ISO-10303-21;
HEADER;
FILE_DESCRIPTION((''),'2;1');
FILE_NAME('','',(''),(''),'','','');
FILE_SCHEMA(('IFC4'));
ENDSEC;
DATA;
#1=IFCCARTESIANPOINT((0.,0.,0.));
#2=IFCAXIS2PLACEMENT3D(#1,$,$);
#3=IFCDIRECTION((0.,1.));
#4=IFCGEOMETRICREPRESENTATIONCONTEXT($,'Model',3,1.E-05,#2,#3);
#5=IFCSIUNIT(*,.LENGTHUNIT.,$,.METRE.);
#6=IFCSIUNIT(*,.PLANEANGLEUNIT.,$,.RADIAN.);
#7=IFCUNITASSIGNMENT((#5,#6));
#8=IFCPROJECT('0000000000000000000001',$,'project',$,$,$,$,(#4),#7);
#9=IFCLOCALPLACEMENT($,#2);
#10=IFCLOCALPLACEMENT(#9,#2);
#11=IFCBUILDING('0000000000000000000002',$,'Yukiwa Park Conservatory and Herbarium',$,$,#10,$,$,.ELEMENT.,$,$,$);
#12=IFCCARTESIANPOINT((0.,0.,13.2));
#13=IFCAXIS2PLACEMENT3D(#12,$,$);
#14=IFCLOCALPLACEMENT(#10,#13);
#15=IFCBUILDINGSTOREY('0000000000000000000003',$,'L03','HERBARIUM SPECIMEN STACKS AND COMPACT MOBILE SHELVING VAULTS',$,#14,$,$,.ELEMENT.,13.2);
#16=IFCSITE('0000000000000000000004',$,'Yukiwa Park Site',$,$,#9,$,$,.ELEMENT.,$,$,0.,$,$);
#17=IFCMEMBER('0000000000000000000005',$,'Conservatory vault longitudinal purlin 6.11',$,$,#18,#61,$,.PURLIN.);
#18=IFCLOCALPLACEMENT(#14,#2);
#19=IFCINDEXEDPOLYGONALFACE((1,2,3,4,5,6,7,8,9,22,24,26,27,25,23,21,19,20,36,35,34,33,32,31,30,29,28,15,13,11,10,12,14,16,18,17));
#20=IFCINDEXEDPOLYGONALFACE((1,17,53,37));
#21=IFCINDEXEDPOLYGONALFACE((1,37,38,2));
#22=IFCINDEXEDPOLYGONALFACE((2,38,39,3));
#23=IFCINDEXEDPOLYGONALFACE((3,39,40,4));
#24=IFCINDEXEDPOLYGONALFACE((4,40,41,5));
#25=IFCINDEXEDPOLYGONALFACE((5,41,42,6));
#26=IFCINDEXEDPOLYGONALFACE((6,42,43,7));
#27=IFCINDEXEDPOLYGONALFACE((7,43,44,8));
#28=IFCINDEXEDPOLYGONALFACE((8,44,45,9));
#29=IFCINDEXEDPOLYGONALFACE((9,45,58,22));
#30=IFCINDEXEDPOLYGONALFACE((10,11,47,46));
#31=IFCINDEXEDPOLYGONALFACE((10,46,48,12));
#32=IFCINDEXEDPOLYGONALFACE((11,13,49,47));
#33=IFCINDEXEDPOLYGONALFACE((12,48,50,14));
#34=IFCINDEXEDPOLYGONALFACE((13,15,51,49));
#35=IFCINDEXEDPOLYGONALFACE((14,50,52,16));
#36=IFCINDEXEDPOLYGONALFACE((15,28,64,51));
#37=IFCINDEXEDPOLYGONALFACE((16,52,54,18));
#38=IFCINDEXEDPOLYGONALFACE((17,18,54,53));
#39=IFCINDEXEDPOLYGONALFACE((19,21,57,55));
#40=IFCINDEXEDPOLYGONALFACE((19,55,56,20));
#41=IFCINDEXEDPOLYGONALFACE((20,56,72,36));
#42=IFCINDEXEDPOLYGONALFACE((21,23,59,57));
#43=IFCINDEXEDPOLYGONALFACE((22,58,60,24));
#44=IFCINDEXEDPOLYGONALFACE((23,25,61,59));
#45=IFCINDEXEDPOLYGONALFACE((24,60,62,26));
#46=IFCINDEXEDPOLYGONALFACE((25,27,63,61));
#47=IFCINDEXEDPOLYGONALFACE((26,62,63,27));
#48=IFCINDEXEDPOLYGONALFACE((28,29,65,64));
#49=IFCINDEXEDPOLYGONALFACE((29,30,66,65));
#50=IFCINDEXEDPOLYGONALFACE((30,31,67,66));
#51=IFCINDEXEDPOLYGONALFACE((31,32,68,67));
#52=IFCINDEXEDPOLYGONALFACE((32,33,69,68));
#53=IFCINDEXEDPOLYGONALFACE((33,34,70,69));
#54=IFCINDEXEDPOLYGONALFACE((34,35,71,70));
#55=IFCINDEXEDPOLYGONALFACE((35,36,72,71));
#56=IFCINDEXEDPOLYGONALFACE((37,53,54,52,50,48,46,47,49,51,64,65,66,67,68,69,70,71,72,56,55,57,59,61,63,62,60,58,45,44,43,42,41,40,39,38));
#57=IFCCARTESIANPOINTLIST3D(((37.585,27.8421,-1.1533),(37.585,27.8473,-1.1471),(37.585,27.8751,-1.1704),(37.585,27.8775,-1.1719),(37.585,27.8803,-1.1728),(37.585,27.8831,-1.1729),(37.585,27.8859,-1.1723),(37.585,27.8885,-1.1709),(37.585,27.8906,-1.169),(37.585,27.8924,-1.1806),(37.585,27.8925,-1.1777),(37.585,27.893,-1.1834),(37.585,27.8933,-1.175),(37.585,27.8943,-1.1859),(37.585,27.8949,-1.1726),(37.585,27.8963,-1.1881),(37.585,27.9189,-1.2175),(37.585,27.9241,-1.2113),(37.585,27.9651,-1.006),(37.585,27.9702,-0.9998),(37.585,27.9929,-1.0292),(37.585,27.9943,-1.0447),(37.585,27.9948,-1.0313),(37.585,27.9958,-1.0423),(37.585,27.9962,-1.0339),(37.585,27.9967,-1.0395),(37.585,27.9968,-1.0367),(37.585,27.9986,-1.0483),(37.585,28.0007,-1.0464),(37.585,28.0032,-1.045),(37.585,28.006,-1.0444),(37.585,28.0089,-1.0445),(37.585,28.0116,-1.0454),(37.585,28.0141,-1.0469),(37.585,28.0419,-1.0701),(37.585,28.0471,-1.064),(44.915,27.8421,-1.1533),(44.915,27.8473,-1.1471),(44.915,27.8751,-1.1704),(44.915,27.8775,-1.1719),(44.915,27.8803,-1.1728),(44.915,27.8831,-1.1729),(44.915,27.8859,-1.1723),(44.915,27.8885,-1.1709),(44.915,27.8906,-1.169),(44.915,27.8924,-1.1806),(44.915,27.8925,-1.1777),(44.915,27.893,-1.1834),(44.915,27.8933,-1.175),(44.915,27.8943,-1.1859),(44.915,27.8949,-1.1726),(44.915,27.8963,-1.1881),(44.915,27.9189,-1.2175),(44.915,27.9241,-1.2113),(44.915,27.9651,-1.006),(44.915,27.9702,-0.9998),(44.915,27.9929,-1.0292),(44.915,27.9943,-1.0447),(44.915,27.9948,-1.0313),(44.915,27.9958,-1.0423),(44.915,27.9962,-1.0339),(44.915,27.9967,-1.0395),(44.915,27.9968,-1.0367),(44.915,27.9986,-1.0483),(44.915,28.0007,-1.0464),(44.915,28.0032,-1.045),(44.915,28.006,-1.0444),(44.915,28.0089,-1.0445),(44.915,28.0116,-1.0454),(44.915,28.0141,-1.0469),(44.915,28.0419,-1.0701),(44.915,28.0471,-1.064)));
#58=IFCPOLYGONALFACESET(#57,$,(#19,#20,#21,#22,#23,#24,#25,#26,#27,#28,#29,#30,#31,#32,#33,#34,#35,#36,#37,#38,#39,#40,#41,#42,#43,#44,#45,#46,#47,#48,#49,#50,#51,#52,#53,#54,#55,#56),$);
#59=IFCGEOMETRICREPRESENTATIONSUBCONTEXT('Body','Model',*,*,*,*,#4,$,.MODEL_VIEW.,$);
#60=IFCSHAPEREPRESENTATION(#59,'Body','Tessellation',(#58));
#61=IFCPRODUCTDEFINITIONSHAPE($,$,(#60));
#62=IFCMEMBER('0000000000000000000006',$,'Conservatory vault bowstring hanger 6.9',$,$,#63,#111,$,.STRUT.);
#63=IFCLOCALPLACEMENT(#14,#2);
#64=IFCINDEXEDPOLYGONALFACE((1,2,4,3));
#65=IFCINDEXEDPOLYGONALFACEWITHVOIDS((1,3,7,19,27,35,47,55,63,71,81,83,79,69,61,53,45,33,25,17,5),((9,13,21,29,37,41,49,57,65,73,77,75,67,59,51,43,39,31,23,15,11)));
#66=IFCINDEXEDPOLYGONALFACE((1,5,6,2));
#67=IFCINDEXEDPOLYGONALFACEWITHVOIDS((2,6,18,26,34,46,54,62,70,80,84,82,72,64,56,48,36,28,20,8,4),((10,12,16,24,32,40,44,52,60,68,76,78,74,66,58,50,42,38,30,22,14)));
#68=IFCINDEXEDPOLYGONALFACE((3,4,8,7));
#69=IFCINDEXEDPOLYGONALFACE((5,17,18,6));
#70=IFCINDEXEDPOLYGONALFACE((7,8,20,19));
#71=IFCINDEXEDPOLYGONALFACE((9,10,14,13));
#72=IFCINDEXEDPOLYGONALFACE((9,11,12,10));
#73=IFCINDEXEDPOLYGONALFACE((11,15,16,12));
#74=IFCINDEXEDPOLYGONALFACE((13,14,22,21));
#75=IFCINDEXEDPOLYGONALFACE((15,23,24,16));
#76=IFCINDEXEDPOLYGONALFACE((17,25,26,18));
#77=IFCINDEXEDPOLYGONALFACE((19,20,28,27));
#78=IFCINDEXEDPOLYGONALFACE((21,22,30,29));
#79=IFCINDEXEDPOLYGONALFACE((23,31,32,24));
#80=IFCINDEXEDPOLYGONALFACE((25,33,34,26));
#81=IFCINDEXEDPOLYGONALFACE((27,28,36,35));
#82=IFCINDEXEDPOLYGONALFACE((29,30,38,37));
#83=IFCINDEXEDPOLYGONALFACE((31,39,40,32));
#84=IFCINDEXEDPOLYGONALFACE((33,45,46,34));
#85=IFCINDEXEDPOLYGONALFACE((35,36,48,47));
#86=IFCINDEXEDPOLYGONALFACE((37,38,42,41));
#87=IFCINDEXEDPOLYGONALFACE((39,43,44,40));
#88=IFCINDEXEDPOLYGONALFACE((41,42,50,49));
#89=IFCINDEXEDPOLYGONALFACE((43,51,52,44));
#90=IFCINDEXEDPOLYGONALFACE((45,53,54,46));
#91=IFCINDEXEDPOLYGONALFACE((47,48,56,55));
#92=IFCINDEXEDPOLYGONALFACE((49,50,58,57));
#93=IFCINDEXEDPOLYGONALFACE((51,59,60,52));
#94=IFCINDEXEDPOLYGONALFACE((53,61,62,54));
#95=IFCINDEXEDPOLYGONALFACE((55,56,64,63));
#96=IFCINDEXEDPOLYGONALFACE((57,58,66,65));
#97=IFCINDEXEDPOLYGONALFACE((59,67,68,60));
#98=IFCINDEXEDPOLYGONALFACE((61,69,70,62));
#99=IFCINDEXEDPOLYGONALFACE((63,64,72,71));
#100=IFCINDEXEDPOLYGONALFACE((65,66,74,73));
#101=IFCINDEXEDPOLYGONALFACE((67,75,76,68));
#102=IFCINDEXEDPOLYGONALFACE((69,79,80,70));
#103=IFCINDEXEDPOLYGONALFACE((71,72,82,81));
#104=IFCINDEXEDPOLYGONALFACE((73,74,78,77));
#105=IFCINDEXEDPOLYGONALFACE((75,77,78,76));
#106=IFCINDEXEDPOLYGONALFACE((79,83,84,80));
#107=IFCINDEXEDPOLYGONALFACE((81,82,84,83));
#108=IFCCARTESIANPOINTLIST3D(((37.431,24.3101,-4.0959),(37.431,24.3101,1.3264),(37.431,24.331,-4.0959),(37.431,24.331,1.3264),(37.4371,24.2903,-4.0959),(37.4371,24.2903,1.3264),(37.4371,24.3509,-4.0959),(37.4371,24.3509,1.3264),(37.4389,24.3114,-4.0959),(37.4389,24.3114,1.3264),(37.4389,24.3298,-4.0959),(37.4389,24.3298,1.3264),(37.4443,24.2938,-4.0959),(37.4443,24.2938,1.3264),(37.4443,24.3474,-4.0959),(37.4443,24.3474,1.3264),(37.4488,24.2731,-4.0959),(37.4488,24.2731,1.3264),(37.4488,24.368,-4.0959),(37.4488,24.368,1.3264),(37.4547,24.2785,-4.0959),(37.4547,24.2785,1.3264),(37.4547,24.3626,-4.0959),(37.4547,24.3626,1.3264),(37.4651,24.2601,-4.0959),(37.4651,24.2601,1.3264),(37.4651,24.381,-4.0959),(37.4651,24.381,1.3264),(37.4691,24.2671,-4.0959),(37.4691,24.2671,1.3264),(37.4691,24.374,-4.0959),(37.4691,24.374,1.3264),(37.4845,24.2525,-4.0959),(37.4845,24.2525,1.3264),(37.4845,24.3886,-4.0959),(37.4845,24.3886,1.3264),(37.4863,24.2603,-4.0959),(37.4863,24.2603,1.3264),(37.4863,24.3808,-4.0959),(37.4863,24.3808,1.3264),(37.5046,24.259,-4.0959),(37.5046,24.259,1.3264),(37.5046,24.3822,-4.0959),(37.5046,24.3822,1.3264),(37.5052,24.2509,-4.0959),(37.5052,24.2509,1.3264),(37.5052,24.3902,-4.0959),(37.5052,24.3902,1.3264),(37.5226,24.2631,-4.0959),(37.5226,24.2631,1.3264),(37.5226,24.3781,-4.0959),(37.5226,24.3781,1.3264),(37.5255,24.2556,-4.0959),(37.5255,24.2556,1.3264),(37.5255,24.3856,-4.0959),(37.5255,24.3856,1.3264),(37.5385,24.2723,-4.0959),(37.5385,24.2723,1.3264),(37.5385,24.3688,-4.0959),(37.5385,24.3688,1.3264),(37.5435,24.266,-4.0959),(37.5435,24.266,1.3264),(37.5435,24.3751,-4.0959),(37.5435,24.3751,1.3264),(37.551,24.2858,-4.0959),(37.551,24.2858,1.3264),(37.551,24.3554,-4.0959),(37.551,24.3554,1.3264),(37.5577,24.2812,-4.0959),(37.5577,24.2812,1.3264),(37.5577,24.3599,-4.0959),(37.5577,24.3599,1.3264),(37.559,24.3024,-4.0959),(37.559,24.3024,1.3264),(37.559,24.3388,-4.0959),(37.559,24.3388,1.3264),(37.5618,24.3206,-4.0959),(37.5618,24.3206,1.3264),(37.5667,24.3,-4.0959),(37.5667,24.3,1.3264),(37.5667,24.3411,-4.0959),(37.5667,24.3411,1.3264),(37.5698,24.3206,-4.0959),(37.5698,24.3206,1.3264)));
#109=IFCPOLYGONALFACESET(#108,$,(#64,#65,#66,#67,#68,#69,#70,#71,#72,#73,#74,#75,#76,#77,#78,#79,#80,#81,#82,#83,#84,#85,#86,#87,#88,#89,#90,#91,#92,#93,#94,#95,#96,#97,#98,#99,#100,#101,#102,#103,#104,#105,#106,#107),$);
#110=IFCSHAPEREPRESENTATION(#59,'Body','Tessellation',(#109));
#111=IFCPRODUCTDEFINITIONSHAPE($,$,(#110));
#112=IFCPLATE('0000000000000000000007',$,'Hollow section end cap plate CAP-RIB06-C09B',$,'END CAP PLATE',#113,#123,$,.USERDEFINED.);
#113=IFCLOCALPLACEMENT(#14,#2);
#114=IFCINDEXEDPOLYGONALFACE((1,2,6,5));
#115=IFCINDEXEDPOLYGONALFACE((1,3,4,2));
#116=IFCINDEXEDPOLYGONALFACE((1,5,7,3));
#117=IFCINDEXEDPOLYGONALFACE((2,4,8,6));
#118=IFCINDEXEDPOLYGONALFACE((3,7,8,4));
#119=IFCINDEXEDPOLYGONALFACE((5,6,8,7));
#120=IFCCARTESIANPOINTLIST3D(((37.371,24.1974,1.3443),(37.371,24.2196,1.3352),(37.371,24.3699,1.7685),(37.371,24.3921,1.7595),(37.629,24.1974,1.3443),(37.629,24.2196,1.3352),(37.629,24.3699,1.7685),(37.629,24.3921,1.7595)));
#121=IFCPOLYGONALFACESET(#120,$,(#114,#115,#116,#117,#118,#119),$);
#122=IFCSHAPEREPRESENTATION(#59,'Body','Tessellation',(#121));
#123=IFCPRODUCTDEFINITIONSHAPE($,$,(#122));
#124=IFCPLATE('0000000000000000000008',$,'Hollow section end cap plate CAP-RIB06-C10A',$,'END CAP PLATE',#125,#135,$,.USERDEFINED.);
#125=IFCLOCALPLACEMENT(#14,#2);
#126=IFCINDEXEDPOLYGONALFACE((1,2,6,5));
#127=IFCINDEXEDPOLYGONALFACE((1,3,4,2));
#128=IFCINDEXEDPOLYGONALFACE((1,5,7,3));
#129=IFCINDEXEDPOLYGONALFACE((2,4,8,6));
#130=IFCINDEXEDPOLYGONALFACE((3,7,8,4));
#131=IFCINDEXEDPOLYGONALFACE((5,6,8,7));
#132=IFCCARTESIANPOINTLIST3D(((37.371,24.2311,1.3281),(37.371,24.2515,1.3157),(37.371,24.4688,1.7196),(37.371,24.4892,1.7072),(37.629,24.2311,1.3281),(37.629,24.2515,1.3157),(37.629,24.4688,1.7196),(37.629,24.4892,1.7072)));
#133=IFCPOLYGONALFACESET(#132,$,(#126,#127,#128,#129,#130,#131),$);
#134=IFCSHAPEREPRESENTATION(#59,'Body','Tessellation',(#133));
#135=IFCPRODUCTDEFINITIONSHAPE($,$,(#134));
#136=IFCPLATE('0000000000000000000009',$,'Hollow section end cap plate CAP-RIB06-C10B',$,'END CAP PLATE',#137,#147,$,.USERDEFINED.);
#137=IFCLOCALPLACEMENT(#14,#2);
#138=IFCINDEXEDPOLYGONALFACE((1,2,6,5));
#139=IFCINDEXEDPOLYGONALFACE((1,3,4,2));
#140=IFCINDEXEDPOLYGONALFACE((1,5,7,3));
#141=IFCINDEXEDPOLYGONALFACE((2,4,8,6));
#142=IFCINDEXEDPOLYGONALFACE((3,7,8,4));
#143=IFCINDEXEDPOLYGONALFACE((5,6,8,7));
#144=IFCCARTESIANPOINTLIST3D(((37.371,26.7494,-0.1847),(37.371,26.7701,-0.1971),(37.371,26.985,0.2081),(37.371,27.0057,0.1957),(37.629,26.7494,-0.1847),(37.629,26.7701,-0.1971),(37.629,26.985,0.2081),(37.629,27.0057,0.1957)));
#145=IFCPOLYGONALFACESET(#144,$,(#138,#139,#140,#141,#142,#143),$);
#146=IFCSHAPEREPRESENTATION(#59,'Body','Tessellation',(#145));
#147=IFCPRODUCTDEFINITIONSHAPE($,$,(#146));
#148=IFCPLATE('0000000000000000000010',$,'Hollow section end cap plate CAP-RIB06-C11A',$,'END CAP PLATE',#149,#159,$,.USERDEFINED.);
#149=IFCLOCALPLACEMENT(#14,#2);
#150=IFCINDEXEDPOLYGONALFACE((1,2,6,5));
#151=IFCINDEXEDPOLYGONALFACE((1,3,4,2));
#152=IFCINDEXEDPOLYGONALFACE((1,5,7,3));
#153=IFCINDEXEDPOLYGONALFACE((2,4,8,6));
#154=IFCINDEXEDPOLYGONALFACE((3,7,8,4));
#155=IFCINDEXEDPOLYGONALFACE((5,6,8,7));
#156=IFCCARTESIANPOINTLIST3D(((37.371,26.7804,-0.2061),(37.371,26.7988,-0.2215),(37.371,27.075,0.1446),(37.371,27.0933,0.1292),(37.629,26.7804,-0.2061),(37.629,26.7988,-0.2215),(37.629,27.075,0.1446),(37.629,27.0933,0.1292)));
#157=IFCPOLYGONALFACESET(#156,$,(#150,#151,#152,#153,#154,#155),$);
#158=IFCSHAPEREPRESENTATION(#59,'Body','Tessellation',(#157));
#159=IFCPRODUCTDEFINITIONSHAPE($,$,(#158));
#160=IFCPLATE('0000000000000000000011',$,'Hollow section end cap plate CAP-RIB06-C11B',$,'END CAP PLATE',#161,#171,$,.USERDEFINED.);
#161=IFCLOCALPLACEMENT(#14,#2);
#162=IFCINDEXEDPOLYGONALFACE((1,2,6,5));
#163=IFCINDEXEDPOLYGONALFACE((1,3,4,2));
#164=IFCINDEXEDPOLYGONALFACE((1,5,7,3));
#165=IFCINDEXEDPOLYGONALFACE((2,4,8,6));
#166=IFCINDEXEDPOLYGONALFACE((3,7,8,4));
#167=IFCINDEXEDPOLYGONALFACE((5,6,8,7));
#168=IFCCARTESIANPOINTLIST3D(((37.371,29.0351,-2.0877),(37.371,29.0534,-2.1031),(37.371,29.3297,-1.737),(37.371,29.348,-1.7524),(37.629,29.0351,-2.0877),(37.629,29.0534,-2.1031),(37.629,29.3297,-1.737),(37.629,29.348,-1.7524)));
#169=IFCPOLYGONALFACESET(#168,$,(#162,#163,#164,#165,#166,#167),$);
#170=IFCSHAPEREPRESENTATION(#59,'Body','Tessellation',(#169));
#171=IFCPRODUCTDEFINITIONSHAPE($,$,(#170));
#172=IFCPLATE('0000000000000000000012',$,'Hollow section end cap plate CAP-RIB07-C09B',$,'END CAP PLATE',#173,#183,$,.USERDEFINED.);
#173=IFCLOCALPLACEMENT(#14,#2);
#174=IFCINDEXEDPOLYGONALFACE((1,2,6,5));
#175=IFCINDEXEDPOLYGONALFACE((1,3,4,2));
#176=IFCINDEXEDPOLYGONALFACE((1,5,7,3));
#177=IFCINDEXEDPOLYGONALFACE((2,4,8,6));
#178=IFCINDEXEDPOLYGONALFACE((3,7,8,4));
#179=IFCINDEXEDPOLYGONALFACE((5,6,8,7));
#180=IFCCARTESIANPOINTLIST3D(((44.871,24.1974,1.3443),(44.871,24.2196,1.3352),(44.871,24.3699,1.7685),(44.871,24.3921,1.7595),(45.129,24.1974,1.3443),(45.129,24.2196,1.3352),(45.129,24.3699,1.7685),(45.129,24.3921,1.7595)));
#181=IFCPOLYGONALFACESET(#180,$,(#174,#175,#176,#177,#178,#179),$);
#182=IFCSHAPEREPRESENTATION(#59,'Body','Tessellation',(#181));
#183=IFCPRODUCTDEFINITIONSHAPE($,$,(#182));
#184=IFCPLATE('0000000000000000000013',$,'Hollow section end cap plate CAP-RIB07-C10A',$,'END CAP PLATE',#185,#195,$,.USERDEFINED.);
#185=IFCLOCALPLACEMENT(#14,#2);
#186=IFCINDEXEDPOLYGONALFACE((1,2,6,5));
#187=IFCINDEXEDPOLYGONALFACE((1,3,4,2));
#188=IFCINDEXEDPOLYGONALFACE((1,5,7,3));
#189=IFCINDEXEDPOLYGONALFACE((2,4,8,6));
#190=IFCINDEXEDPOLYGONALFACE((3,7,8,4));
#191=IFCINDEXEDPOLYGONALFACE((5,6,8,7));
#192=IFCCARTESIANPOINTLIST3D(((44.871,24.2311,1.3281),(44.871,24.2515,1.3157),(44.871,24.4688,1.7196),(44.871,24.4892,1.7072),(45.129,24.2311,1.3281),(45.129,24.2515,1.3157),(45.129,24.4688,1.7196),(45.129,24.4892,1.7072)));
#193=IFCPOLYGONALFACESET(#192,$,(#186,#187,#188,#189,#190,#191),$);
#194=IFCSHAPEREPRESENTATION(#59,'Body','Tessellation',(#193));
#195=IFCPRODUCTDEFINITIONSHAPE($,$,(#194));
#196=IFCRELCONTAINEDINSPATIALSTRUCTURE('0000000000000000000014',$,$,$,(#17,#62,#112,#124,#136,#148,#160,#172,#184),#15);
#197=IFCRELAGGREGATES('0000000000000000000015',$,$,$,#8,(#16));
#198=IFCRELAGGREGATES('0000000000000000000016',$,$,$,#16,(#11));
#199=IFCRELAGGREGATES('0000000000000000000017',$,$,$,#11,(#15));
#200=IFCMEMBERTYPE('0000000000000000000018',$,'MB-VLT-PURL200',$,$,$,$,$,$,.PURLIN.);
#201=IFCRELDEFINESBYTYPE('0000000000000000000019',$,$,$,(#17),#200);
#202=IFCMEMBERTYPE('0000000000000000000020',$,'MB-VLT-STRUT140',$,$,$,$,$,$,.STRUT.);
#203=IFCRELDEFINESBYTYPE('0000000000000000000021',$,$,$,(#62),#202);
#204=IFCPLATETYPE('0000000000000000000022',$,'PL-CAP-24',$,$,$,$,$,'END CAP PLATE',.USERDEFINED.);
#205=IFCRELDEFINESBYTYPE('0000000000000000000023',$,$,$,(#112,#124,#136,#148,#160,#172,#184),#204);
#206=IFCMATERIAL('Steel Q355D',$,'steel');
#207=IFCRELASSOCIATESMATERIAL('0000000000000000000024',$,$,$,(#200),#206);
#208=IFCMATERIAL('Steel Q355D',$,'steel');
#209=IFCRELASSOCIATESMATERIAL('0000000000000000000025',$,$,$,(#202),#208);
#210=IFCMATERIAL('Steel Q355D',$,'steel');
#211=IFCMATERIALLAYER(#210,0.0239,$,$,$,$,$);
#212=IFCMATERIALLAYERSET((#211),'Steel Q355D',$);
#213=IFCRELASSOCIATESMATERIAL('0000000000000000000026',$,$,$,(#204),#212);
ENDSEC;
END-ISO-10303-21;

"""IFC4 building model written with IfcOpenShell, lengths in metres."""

from ifc_helpers import new_model, si_unit, direction, frame, origin, origin_2d, place, context, subcontext, project, spatial, rectangle, hollow_circle, i_section, extrude, material, layer, layer_set, material_profile, profile_set, type_object, element, save


model = new_model("IFC4")

# Units and contexts
model_context = context("Model", 3, precision=1e-05, world=origin(), true_north=direction((0.0, 1.0)))
body_context = subcontext(model_context, "Body", "Model", "MODEL_VIEW")
ifc_project = project(units=[si_unit("LENGTHUNIT", "METRE"), si_unit("PLANEANGLEUNIT", "RADIAN")], contexts=[model_context])

# Site, building, storey
site_placement = place(None, origin())
site = spatial("IfcSite", under=ifc_project, at=site_placement, Name="Yukiwa Park Site", CompositionType="ELEMENT", RefElevation=0.0)
building_placement = place(site_placement, origin())
building = spatial("IfcBuilding", under=site, at=building_placement, Name="Yukiwa Park Conservatory and Herbarium", CompositionType="ELEMENT")
storey_placement = place(building_placement, frame((0.0, 0.0, 13.2)))
storey = spatial("IfcBuildingStorey", under=building, at=storey_placement, Name="L03", Description="HERBARIUM SPECIMEN STACKS AND COMPACT MOBILE SHELVING VAULTS", CompositionType="ELEMENT", Elevation=13.2)

# Members
ifc_material_1 = material(Name="Steel Q355D", Category="steel")
ifc_material_profile_1 = material_profile(ifc_material_1, i_section(OverallWidth=0.1001, OverallDepth=0.2, WebThickness=0.0056, FlangeThickness=0.0081, FilletRadius=0.011, at=origin_2d()), Name="HN 200x100x5.5x8")
ifc_profile_set_1 = profile_set([ifc_material_profile_1], Name="Steel Q355D")
member_type_1 = type_object("IfcMemberType", Name="MB-VLT-PURL200", PredefinedType="PURLIN", material=ifc_profile_set_1)
for number, where, z_axis, x_axis, name in (
    (1, (37.585, 27.9446, -1.1086), (1.0, 0.0, 0.0), (0.0, 0.767751, -0.640748), "Conservatory vault longitudinal purlin 6.11"),
):
    element("IfcMember", number, at=place(storey_placement, frame(where, z_axis=z_axis, x_axis=x_axis)), inside=storey, type_object=member_type_1, Name=name, PredefinedType="PURLIN", context=body_context, shape_type="SweptSolid", body=[
        extrude(i_section(OverallWidth=0.1001, OverallDepth=0.2, WebThickness=0.0056, FlangeThickness=0.0081, FilletRadius=0.011, at=origin_2d()), origin(), (0.0, 0.0, 1.0), 7.3301),
    ])
ifc_material_2 = material(Name="Steel Q355D", Category="steel")
ifc_material_profile_2 = material_profile(ifc_material_2, hollow_circle(Radius=0.0698, WallThickness=0.0081, at=origin_2d()), Name="CHS 139.7x8")
ifc_profile_set_2 = profile_set([ifc_material_profile_2], Name="Steel Q355D")
member_type_2 = type_object("IfcMemberType", Name="MB-VLT-STRUT140", PredefinedType="STRUT", material=ifc_profile_set_2)
member_placement = place(storey_placement, frame((37.5, 24.3206, -4.0959), z_axis=(0.0, 0.0, 1.0), x_axis=(1.0, 0.0, 0.0)))
element("IfcMember", 2, at=member_placement, inside=storey, type_object=member_type_2, Name="Conservatory vault bowstring hanger 6.9", PredefinedType="STRUT", context=body_context, shape_type="SweptSolid", body=[
    extrude(hollow_circle(Radius=0.0698, WallThickness=0.0081, at=origin_2d()), origin(), (0.0, 0.0, 1.0), 5.4224),
])

# Plates
ifc_material_3 = material(Name="Steel Q355D", Category="steel")
ifc_layer_1 = layer(ifc_material_3, 0.0239)
ifc_layer_set_1 = layer_set([ifc_layer_1], Name="Steel Q355D")
plate_type_1 = type_object("IfcPlateType", Name="PL-CAP-24", ElementType="END CAP PLATE", PredefinedType="USERDEFINED", material=ifc_layer_set_1)
for number, where, z_axis, x_axis, name in (
    (3, (37.5, 24.2837, 1.5564), (0.0, 0.926356, -0.37665), (-1.0, 0.0, 0.0), "Hollow section end cap plate CAP-RIB06-C09B"),
    (4, (37.5, 24.3704, 1.5115), (0.0, -0.854788, 0.518978), (1.0, 0.0, 0.0), "Hollow section end cap plate CAP-RIB06-C10A"),
):
    element("IfcPlate", number, at=place(storey_placement, frame(where, z_axis=z_axis, x_axis=x_axis)), inside=storey, type_object=plate_type_1, Name=name, ObjectType="END CAP PLATE", PredefinedType="USERDEFINED", context=body_context, shape_type="SweptSolid", body=[
        extrude(rectangle(XDim=0.2581, YDim=0.458, at=origin_2d()), origin(), (0.0, 0.0, 1.0), 0.0239),
    ])
plate_1_placement = place(storey_placement, frame((37.5, 26.8672, 0.0117), z_axis=(0.0, 0.857493, -0.514496), x_axis=(-1.0, 0.0, 0.0)))
element("IfcPlate", 5, at=plate_1_placement, inside=storey, type_object=plate_type_1, Name="Hollow section end cap plate CAP-RIB06-C10B", ObjectType="END CAP PLATE", PredefinedType="USERDEFINED", context=body_context, shape_type="SweptSolid", body=[
    extrude(rectangle(XDim=0.2581, YDim=0.458, at=origin_2d()), origin(), (0.0, 0.0, 1.0), 0.0242),
])
for number, where, z_axis, x_axis, name in (
    (6, (37.5, 26.946, -0.0461), (0.0, -0.765705, 0.643192), (1.0, 0.0, 0.0), "Hollow section end cap plate CAP-RIB06-C11A"),
    (7, (37.5, 29.1824, -1.9124), (0.0, 0.765705, -0.643192), (-1.0, 0.0, 0.0), "Hollow section end cap plate CAP-RIB06-C11B"),
    (8, (45.0, 24.2837, 1.5564), (0.0, 0.926356, -0.37665), (-1.0, 0.0, 0.0), "Hollow section end cap plate CAP-RIB07-C09B"),
    (9, (45.0, 24.3704, 1.5115), (0.0, -0.854788, 0.518978), (1.0, 0.0, 0.0), "Hollow section end cap plate CAP-RIB07-C10A"),
):
    element("IfcPlate", number, at=place(storey_placement, frame(where, z_axis=z_axis, x_axis=x_axis)), inside=storey, type_object=plate_type_1, Name=name, ObjectType="END CAP PLATE", PredefinedType="USERDEFINED", context=body_context, shape_type="SweptSolid", body=[
        extrude(rectangle(XDim=0.2581, YDim=0.458, at=origin_2d()), origin(), (0.0, 0.0, 1.0), 0.0239),
    ])

save(model, "model.ifc")
